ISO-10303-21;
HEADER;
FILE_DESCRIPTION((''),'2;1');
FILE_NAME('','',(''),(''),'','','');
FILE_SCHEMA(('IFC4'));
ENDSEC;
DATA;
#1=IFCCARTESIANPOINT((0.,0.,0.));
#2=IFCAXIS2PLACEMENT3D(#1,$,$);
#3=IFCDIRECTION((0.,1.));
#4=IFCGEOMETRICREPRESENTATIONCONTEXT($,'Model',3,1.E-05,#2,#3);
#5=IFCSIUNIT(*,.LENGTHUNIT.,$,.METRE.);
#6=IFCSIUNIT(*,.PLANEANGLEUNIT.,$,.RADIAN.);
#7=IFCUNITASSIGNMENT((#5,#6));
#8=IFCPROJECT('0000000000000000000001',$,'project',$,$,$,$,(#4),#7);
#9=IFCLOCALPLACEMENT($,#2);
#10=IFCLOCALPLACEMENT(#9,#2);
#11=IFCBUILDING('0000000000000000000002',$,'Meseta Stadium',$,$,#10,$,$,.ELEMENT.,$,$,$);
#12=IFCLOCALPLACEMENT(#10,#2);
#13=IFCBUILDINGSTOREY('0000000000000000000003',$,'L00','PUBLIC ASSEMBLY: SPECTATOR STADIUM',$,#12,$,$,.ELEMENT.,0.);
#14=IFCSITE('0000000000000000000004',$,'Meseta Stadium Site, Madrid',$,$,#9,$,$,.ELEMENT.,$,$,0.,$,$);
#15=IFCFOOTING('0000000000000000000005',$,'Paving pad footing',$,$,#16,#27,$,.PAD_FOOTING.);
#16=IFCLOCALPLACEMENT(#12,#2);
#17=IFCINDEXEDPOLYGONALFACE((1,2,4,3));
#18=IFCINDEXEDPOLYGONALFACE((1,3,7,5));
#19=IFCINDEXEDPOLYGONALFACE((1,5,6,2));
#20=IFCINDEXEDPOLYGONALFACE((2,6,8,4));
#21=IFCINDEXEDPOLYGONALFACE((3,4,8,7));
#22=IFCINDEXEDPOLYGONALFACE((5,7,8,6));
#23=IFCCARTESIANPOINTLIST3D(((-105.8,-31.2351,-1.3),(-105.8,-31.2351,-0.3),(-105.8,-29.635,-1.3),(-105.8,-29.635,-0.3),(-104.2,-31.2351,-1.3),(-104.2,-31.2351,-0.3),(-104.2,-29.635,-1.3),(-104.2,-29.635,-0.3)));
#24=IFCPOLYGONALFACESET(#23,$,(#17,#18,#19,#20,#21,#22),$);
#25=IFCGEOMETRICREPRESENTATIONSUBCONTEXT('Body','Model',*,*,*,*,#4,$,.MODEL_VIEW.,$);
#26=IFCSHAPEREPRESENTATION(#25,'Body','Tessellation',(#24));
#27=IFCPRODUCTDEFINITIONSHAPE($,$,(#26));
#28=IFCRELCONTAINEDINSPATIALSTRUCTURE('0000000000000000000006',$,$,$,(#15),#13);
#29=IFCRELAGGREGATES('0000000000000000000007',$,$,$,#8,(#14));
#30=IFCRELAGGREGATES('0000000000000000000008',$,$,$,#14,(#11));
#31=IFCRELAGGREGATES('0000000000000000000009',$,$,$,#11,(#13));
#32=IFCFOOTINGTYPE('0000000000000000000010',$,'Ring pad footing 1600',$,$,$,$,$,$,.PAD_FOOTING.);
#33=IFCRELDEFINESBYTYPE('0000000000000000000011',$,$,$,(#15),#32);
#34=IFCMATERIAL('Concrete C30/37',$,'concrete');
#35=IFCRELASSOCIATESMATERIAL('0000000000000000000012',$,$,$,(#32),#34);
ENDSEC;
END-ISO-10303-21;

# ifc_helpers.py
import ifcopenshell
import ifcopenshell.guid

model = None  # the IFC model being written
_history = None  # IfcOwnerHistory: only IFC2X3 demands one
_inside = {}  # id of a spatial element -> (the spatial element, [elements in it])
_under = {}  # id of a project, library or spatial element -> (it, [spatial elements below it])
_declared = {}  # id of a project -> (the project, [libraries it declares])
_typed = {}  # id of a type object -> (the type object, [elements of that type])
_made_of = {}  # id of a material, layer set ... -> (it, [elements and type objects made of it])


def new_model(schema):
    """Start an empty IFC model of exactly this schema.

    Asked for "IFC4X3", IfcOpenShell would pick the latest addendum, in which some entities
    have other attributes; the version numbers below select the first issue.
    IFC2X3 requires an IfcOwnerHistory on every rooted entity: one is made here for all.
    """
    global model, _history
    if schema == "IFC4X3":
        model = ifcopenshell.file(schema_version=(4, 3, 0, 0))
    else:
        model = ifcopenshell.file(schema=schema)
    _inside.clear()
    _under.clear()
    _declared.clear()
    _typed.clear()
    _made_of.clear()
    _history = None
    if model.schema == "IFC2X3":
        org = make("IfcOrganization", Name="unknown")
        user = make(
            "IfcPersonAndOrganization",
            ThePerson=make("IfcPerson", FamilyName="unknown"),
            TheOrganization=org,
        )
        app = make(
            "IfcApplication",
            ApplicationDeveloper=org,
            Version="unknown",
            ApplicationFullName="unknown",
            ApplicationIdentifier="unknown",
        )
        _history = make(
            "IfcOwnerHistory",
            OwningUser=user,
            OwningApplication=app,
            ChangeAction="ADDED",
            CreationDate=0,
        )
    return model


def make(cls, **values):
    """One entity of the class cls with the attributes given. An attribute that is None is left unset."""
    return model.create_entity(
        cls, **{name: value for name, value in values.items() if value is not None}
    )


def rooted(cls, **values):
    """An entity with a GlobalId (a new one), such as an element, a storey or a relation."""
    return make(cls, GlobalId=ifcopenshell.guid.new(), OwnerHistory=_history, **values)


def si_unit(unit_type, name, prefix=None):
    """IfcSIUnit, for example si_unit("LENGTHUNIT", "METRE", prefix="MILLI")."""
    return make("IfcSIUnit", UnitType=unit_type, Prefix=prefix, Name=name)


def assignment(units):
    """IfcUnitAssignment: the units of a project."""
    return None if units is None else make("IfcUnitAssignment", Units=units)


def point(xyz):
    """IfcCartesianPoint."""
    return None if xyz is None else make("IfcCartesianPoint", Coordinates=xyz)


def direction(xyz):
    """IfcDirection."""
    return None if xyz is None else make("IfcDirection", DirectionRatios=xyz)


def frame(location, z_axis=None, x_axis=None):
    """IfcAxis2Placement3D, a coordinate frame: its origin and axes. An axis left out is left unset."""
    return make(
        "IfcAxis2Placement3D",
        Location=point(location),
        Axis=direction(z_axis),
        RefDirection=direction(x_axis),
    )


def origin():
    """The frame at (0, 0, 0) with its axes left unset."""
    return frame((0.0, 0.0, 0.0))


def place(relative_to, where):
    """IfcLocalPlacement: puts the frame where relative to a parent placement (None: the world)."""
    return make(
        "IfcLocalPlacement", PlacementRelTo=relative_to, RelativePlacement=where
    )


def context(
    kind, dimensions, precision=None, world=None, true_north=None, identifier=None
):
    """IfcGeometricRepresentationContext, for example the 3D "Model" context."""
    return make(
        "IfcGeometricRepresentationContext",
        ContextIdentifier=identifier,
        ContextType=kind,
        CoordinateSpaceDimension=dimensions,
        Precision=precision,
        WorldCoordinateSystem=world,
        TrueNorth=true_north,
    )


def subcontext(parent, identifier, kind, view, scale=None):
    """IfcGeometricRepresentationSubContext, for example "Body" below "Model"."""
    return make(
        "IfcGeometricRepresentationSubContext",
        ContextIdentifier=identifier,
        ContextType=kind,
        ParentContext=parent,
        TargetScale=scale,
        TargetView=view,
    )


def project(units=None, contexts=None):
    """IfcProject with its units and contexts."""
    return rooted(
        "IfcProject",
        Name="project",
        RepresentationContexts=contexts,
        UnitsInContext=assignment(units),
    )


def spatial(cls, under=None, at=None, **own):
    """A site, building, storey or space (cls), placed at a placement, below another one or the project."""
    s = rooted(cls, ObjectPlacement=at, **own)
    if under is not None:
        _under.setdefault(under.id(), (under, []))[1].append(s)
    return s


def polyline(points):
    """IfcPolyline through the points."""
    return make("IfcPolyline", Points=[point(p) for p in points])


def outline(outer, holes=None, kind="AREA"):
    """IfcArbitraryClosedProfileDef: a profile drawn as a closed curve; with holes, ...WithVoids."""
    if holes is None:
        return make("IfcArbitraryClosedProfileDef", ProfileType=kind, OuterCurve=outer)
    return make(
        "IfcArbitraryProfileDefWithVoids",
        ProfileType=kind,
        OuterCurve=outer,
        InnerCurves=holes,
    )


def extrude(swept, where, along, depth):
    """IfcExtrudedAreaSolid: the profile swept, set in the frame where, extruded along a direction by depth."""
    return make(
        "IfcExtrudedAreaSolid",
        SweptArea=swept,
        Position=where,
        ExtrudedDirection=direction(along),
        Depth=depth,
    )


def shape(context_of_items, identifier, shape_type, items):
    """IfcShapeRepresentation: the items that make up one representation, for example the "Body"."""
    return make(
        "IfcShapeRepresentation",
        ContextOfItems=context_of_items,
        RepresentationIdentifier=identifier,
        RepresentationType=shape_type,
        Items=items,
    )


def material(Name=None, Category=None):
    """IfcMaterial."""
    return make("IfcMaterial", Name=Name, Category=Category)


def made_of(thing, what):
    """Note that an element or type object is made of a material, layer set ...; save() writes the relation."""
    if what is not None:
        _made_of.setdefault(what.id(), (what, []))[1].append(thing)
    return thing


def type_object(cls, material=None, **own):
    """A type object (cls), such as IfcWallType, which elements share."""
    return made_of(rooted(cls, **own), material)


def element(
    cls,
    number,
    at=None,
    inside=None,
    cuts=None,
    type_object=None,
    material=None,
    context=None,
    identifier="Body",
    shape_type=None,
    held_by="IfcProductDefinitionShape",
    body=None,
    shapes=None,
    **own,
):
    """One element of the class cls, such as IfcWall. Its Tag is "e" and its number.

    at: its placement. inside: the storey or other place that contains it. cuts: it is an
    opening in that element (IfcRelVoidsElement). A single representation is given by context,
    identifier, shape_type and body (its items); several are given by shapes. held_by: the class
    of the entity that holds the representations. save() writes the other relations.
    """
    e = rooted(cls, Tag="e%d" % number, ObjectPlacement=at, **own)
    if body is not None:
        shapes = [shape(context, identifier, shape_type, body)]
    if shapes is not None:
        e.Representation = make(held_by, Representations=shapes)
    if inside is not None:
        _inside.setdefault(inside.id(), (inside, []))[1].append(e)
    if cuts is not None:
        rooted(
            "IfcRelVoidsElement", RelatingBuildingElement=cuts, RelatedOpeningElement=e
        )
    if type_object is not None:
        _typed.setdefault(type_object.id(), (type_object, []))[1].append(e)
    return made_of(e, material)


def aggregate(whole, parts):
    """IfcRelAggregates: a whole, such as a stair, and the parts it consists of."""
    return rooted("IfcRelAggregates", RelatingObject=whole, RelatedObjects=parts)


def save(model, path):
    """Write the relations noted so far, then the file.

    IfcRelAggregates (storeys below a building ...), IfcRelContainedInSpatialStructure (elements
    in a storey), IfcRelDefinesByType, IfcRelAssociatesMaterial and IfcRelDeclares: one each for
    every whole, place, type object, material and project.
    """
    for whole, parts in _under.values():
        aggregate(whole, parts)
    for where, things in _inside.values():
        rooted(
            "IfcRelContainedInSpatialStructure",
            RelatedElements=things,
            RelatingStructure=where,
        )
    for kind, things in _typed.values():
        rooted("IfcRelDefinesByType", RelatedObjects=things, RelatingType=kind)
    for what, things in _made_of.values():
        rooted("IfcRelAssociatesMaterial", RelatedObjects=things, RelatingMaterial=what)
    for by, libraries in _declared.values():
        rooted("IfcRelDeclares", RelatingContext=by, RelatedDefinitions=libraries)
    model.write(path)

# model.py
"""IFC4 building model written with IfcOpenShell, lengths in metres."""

from ifc_helpers import new_model, si_unit, direction, frame, origin, place, context, subcontext, project, spatial, polyline, outline, extrude, material, type_object, element, save


model = new_model("IFC4")

# Units and contexts
model_context = context("Model", 3, precision=1e-05, world=origin(), true_north=direction((0.0, 1.0)))
body_context = subcontext(model_context, "Body", "Model", "MODEL_VIEW")
ifc_project = project(units=[si_unit("LENGTHUNIT", "METRE"), si_unit("PLANEANGLEUNIT", "RADIAN")], contexts=[model_context])

# Site, building, storey
site_placement = place(None, origin())
site = spatial("IfcSite", under=ifc_project, at=site_placement, Name="Meseta Stadium Site, Madrid", CompositionType="ELEMENT", RefElevation=0.0)
building_placement = place(site_placement, origin())
building = spatial("IfcBuilding", under=site, at=building_placement, Name="Meseta Stadium", CompositionType="ELEMENT")
storey_placement = place(building_placement, origin())
storey = spatial("IfcBuildingStorey", under=building, at=storey_placement, Name="L00", Description="PUBLIC ASSEMBLY: SPECTATOR STADIUM", CompositionType="ELEMENT", Elevation=0.0)

# Footing
ifc_material_1 = material(Name="Concrete C30/37", Category="concrete")
footing_type_1 = type_object("IfcFootingType", Name="Ring pad footing 1600", PredefinedType="PAD_FOOTING", material=ifc_material_1)
footing_1_placement = place(storey_placement, frame((0.0, 0.0, -1.3)))
element("IfcFooting", 1, at=footing_1_placement, inside=storey, type_object=footing_type_1, Name="Paving pad footing", PredefinedType="PAD_FOOTING", context=body_context, shape_type="SweptSolid", body=[
    extrude(outline(polyline([(-104.2, -31.2351), (-104.2, -29.635), (-105.8, -29.635), (-105.8, -31.2351), (-104.2, -31.2351)])), origin(), (0.0, 0.0, 1.0), 1.0),
])

save(model, "model.ifc")
